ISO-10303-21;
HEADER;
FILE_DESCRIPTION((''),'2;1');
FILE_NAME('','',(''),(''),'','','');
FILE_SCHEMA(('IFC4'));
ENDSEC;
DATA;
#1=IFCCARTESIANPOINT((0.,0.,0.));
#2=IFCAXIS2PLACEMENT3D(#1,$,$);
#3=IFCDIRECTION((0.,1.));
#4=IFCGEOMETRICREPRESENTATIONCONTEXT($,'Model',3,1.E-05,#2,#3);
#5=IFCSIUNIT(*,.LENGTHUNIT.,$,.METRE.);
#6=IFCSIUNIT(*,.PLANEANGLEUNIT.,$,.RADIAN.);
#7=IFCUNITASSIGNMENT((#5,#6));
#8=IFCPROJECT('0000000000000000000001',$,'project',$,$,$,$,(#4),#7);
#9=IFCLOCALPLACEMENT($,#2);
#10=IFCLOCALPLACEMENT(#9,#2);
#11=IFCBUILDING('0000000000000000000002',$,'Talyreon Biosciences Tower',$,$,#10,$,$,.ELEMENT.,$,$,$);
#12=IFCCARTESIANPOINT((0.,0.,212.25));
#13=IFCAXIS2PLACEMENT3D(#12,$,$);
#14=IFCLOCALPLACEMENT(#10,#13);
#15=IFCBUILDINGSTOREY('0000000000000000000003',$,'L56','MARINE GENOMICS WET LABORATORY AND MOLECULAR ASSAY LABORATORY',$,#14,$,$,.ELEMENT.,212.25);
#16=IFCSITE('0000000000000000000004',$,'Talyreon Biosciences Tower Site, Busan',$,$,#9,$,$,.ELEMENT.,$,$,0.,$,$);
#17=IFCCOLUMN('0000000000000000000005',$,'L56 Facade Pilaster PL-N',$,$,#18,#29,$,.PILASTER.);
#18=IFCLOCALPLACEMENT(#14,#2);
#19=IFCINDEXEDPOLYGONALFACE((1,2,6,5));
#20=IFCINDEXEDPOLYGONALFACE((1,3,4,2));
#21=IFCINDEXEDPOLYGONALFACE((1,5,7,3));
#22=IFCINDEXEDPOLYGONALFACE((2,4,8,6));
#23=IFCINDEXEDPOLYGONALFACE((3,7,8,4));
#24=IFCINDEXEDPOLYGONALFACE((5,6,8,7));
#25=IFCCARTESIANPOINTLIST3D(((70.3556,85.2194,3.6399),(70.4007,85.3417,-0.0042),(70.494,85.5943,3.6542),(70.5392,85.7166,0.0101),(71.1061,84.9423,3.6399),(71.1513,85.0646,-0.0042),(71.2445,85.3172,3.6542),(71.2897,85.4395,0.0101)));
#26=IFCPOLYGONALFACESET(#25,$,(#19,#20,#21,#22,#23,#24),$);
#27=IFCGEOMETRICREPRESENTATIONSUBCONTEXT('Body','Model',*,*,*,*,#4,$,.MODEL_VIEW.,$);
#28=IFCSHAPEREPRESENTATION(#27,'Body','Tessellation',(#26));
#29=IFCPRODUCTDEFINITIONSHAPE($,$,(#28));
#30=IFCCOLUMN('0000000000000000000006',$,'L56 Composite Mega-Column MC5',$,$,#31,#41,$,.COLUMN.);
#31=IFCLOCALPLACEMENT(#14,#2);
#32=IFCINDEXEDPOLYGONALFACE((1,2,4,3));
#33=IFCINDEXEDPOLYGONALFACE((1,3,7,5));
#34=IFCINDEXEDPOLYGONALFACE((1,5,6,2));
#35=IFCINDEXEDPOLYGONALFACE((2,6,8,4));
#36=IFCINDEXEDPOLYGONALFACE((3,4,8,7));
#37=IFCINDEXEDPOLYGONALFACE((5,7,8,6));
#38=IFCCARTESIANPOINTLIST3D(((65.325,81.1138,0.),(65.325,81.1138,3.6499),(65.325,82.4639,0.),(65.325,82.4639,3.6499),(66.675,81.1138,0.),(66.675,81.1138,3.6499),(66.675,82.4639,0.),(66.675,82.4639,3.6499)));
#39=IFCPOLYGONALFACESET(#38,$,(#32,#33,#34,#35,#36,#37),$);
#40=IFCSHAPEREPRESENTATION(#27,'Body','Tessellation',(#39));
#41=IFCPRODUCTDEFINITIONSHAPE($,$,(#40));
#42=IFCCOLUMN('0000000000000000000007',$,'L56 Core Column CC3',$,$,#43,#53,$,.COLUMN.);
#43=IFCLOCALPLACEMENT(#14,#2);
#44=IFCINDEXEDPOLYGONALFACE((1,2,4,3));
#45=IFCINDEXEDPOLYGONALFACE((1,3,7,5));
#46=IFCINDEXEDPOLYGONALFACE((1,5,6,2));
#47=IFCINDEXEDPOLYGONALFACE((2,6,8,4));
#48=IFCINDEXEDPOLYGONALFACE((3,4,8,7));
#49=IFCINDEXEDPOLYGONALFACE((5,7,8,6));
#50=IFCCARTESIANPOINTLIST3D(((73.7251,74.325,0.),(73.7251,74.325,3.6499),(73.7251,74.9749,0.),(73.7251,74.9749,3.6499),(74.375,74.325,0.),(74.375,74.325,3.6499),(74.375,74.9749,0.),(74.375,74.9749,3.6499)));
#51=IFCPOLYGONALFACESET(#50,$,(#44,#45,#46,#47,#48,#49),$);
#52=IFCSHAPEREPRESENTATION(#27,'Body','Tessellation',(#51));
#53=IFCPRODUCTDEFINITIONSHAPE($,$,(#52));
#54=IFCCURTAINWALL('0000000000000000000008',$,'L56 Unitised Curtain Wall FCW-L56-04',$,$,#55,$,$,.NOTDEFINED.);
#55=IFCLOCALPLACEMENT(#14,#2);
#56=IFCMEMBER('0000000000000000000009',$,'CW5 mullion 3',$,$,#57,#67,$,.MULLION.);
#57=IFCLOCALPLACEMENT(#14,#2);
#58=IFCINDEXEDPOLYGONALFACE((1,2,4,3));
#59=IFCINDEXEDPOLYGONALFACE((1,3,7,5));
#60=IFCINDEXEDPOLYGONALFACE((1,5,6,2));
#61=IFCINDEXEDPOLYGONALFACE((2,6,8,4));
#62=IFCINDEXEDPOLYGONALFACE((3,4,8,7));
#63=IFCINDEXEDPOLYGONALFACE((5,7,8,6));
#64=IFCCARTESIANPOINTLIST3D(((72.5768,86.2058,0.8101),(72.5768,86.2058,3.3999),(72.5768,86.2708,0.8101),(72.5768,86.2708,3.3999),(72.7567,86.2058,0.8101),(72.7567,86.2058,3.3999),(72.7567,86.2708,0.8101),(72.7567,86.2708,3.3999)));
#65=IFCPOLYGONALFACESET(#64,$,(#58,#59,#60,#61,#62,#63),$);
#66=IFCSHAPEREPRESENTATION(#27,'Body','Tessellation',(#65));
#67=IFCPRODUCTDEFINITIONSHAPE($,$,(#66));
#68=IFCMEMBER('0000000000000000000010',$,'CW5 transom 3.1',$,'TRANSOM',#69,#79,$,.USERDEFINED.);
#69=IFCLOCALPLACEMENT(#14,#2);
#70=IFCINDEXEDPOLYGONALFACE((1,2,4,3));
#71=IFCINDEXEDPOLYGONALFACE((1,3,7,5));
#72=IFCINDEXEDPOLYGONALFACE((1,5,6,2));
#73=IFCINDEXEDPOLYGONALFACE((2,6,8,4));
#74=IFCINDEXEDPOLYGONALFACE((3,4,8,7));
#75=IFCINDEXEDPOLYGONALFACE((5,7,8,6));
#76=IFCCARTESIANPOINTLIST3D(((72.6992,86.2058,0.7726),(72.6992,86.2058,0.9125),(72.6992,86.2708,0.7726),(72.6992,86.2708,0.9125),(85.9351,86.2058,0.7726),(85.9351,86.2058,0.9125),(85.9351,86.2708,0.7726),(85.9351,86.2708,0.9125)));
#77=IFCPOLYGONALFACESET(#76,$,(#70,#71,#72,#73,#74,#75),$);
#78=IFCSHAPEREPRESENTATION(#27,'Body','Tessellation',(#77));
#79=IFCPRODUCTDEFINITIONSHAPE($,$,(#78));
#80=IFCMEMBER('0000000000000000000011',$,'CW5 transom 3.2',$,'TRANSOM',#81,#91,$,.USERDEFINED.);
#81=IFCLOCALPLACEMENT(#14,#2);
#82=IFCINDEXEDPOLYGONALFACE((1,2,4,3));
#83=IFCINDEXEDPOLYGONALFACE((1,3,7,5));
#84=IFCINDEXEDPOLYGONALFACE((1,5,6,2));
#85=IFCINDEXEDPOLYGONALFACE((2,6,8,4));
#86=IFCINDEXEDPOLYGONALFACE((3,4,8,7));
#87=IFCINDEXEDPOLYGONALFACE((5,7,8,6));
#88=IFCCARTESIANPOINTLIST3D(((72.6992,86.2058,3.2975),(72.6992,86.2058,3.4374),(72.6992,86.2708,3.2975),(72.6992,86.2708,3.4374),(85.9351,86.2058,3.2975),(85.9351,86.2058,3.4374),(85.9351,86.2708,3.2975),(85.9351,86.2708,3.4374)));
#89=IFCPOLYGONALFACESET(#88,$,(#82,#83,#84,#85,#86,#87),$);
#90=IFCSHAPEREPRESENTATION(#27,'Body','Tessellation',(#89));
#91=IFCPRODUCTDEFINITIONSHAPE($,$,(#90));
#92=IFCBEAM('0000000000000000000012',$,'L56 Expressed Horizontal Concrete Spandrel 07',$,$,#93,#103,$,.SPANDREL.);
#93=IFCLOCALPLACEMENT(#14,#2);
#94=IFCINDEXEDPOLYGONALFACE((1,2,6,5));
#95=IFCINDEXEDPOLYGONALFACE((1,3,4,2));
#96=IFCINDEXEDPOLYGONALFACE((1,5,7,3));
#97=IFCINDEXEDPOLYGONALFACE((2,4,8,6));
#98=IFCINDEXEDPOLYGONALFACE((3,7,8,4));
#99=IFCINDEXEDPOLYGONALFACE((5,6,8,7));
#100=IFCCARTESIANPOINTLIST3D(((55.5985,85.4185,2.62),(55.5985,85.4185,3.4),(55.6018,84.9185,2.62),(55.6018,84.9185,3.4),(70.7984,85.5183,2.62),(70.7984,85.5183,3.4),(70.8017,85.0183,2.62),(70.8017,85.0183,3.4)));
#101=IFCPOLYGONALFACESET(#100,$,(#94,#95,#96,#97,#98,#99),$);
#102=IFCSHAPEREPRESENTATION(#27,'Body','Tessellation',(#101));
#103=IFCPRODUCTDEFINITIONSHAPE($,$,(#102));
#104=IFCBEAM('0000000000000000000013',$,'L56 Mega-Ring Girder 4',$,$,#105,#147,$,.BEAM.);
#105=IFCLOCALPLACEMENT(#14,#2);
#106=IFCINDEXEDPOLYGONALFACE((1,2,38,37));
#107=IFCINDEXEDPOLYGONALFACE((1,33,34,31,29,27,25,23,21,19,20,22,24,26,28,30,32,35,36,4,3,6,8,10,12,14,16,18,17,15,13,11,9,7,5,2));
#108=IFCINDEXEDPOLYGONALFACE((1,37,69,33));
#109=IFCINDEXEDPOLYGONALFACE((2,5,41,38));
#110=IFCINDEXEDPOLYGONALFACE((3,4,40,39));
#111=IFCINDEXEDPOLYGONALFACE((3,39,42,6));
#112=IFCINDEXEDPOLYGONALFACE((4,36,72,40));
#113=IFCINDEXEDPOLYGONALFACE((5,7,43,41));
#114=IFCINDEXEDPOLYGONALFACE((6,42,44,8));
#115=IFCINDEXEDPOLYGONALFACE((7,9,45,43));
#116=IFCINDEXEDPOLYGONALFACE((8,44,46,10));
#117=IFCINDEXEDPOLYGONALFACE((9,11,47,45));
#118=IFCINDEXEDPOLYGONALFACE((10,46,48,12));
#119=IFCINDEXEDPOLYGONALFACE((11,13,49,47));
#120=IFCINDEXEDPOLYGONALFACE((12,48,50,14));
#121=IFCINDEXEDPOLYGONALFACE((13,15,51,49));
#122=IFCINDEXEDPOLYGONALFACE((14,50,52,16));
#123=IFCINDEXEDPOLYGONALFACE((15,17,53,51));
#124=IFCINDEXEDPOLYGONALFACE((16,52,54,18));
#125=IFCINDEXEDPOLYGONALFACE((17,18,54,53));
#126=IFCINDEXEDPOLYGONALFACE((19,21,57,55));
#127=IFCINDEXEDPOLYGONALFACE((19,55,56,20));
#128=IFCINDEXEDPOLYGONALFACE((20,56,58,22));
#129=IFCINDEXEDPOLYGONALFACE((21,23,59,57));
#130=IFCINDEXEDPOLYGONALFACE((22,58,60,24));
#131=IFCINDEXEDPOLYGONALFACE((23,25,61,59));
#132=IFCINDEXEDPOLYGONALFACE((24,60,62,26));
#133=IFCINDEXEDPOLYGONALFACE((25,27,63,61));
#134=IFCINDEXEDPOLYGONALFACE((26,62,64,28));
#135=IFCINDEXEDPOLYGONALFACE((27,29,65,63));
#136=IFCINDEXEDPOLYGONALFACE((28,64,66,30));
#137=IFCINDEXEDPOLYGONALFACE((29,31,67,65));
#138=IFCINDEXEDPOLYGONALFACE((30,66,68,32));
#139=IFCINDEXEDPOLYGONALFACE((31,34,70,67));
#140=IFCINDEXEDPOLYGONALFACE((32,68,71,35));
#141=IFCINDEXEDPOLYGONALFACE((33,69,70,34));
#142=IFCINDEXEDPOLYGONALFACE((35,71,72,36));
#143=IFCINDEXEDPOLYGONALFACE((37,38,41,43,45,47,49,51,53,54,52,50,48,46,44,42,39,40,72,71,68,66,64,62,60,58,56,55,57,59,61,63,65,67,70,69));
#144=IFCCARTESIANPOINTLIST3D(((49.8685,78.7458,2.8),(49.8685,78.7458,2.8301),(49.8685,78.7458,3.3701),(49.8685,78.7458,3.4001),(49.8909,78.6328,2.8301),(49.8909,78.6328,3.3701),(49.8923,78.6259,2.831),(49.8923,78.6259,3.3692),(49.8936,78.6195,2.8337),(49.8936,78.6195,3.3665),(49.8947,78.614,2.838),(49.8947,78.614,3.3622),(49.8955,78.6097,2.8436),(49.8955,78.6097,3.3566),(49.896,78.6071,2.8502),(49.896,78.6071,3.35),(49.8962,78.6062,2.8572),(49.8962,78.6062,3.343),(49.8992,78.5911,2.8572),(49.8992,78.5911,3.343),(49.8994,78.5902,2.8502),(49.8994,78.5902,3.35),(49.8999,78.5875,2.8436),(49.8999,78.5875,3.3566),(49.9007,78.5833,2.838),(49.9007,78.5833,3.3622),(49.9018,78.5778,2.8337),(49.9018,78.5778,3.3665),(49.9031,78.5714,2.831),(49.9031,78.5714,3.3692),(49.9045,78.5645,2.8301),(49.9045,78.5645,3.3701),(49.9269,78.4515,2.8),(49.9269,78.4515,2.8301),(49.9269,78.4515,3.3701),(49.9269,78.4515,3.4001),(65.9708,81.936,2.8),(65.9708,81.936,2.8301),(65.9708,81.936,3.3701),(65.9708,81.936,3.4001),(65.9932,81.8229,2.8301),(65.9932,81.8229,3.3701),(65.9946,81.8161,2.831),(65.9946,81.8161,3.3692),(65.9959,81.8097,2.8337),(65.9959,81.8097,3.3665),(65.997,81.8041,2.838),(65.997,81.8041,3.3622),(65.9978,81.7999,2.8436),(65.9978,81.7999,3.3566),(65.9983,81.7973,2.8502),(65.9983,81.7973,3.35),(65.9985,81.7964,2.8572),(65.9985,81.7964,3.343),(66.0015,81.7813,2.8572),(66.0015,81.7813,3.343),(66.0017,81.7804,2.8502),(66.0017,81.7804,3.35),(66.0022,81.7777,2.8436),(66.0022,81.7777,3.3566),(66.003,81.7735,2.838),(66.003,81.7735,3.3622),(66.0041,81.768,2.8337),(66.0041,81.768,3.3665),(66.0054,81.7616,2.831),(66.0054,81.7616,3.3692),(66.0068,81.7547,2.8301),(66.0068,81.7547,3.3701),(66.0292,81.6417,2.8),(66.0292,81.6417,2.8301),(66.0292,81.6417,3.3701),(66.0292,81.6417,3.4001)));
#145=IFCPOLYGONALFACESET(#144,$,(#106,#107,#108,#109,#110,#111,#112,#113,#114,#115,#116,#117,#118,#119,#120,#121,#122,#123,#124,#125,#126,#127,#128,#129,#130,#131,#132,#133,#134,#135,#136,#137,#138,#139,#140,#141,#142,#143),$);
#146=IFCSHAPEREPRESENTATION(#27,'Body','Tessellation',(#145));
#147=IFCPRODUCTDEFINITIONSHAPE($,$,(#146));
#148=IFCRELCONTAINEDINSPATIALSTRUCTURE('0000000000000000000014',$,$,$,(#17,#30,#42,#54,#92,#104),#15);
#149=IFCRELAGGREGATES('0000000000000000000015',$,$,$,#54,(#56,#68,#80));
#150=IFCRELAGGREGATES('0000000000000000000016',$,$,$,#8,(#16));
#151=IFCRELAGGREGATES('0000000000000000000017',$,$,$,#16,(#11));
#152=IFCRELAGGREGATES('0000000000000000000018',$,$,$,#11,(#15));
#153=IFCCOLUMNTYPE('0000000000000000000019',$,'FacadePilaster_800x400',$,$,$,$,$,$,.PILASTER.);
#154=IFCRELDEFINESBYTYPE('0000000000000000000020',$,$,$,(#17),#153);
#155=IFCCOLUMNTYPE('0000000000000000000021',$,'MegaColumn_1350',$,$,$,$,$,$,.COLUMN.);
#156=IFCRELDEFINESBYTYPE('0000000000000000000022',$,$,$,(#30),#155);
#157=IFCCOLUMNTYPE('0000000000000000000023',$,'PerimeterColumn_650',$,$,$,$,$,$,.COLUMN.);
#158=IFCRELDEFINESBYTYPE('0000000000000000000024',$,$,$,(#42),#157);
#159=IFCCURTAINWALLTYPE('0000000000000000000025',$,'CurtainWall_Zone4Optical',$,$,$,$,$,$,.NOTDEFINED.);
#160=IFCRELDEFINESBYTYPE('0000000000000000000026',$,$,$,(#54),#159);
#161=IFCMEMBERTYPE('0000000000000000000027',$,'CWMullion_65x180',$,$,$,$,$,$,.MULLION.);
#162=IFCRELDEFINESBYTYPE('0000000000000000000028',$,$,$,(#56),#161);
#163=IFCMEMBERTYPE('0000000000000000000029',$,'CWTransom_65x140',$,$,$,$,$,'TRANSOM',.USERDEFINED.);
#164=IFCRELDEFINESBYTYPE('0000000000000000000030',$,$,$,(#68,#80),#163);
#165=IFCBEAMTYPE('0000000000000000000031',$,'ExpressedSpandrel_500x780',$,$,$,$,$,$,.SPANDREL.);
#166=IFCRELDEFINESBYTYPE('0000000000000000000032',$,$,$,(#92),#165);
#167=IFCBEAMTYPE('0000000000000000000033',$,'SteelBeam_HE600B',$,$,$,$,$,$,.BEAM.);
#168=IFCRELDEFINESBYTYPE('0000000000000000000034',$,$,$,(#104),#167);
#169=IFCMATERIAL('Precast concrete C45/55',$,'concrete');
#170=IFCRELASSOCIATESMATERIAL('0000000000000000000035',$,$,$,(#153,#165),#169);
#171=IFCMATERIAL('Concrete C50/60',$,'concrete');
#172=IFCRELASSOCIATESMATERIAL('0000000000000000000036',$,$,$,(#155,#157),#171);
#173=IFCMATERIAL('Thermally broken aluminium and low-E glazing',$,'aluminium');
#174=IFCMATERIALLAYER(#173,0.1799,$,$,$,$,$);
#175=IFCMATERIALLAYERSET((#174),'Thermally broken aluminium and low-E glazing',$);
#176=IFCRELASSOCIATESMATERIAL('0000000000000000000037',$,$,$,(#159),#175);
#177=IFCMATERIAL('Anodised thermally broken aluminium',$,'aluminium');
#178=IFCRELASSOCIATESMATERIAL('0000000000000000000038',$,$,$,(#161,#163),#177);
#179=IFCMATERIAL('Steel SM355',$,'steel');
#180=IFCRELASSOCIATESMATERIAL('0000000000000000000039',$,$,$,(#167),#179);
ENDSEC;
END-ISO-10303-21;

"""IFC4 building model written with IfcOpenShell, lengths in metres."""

from ifc_helpers import new_model, si_unit, direction, frame, origin, origin_2d, place, context, subcontext, project, spatial, rectangle, i_section, extrude, material, layer, layer_set, material_profile, profile_set, type_object, element, aggregate, save


model = new_model("IFC4")

# Units and contexts
model_context = context("Model", 3, precision=1e-05, world=origin(), true_north=direction((0.0, 1.0)))
body_context = subcontext(model_context, "Body", "Model", "MODEL_VIEW")
ifc_project = project(units=[si_unit("LENGTHUNIT", "METRE"), si_unit("PLANEANGLEUNIT", "RADIAN")], contexts=[model_context])

# Site, building, storey
site_placement = place(None, origin())
site = spatial("IfcSite", under=ifc_project, at=site_placement, Name="Talyreon Biosciences Tower Site, Busan", CompositionType="ELEMENT", RefElevation=0.0)
building_placement = place(site_placement, origin())
building = spatial("IfcBuilding", under=site, at=building_placement, Name="Talyreon Biosciences Tower", CompositionType="ELEMENT")
storey_placement = place(building_placement, frame((0.0, 0.0, 212.25)))
storey = spatial("IfcBuildingStorey", under=building, at=storey_placement, Name="L56", Description="MARINE GENOMICS WET LABORATORY AND MOLECULAR ASSAY LABORATORY", CompositionType="ELEMENT", Elevation=212.25)

# Columns
ifc_material_1 = material(Name="Precast concrete C45/55", Category="concrete")
ifc_material_profile_1 = material_profile(ifc_material_1, rectangle(XDim=0.8, YDim=0.3999, at=origin_2d()), Name="RC 800x400")
ifc_profile_set_1 = profile_set([ifc_material_profile_1], Name="Precast concrete C45/55")
column_type_1 = type_object("IfcColumnType", Name="FacadePilaster_800x400", PredefinedType="PILASTER", material=ifc_profile_set_1)
column_1_placement = place(storey_placement, frame((70.8452, 85.3906, 0.0029), z_axis=(-0.012387, -0.033544, 0.99936), x_axis=(-0.938087, 0.346399, 0.0)))
element("IfcColumn", 1, at=column_1_placement, inside=storey, type_object=column_type_1, Name="L56 Facade Pilaster PL-N", PredefinedType="PILASTER", context=body_context, shape_type="SweptSolid", body=[
    extrude(rectangle(XDim=0.8, YDim=0.3999, at=origin_2d()), origin(), (0.0, 0.0, 1.0), 3.6465),
])
ifc_material_2 = material(Name="Concrete C50/60", Category="concrete")
ifc_material_profile_2 = material_profile(ifc_material_2, rectangle(XDim=1.3501, YDim=1.3501, at=origin_2d()), Name="RC 1350x1350")
ifc_profile_set_2 = profile_set([ifc_material_profile_2], Name="Concrete C50/60")
column_type_2 = type_object("IfcColumnType", Name="MegaColumn_1350", PredefinedType="COLUMN", material=ifc_profile_set_2)
column_2_placement = place(storey_placement, frame((66.0, 81.7888, 0.0), z_axis=(0.0, 0.0, 1.0), x_axis=(1.0, 0.0, 0.0)))
element("IfcColumn", 2, at=column_2_placement, inside=storey, type_object=column_type_2, Name="L56 Composite Mega-Column MC5", PredefinedType="COLUMN", context=body_context, shape_type="SweptSolid", body=[
    extrude(rectangle(XDim=1.3501, YDim=1.3501, at=origin_2d()), origin(), (0.0, 0.0, 1.0), 3.6499),
])
ifc_material_profile_3 = material_profile(ifc_material_2, rectangle(XDim=0.6499, YDim=0.6499, at=origin_2d()), Name="RC 650x650")
ifc_profile_set_3 = profile_set([ifc_material_profile_3], Name="Concrete C50/60")
column_type_3 = type_object("IfcColumnType", Name="PerimeterColumn_650", PredefinedType="COLUMN", material=ifc_profile_set_3)
column_3_placement = place(storey_placement, frame((74.05, 74.6499, 0.0), z_axis=(0.0, 0.0, 1.0), x_axis=(1.0, 0.0, 0.0)))
element("IfcColumn", 3, at=column_3_placement, inside=storey, type_object=column_type_3, Name="L56 Core Column CC3", PredefinedType="COLUMN", context=body_context, shape_type="SweptSolid", body=[
    extrude(rectangle(XDim=0.6499, YDim=0.6499, at=origin_2d()), origin(), (0.0, 0.0, 1.0), 3.6499),
])

# Curtain wall, members
ifc_material_3 = material(Name="Thermally broken aluminium and low-E glazing", Category="aluminium")
ifc_layer_1 = layer(ifc_material_3, 0.1799)
ifc_layer_set_1 = layer_set([ifc_layer_1], Name="Thermally broken aluminium and low-E glazing")
curtain_wall_type = type_object("IfcCurtainWallType", Name="CurtainWall_Zone4Optical", PredefinedType="NOTDEFINED", material=ifc_layer_set_1)
curtain_wall_placement = place(storey_placement, origin())
curtain_wall = element("IfcCurtainWall", 4, at=curtain_wall_placement, inside=storey, type_object=curtain_wall_type, Name="L56 Unitised Curtain Wall FCW-L56-04", PredefinedType="NOTDEFINED")
ifc_material_4 = material(Name="Anodised thermally broken aluminium", Category="aluminium")
ifc_material_profile_4 = material_profile(ifc_material_4, rectangle(XDim=0.0649, YDim=0.1799, at=origin_2d()), Name="ALUM MULLION 65x180")
ifc_profile_set_4 = profile_set([ifc_material_profile_4], Name="Anodised thermally broken aluminium")
member_type_1 = type_object("IfcMemberType", Name="CWMullion_65x180", PredefinedType="MULLION", material=ifc_profile_set_4)
member_1_placement = place(storey_placement, frame((72.6667, 86.2383, 0.8101), z_axis=(0.0, 0.0, 1.0), x_axis=(0.0, 1.0, 0.0)))
member_1 = element("IfcMember", 5, at=member_1_placement, type_object=member_type_1, Name="CW5 mullion 3", PredefinedType="MULLION", context=body_context, shape_type="SweptSolid", body=[
    extrude(rectangle(XDim=0.0649, YDim=0.1799, at=origin_2d()), origin(), (0.0, 0.0, 1.0), 2.5898),
])
ifc_material_profile_5 = material_profile(ifc_material_4, rectangle(XDim=0.0649, YDim=0.1399, at=origin_2d()), Name="ALUM TRANSOM 65x140")
ifc_profile_set_5 = profile_set([ifc_material_profile_5], Name="Anodised thermally broken aluminium")
member_type_2 = type_object("IfcMemberType", Name="CWTransom_65x140", ElementType="TRANSOM", PredefinedType="USERDEFINED", material=ifc_profile_set_5)
member_2_placement = place(storey_placement, frame((72.6992, 86.2383, 0.8425), z_axis=(1.0, 0.0, 0.0), x_axis=(0.0, 1.0, 0.0)))
member_2 = element("IfcMember", 6, at=member_2_placement, type_object=member_type_2, Name="CW5 transom 3.1", ObjectType="TRANSOM", PredefinedType="USERDEFINED", context=body_context, shape_type="SweptSolid", body=[
    extrude(rectangle(XDim=0.0649, YDim=0.1399, at=origin_2d()), origin(), (0.0, 0.0, 1.0), 13.2358),
])
member_3_placement = place(storey_placement, frame((72.6992, 86.2383, 3.3674), z_axis=(1.0, 0.0, 0.0), x_axis=(0.0, 1.0, 0.0)))
member_3 = element("IfcMember", 7, at=member_3_placement, type_object=member_type_2, Name="CW5 transom 3.2", ObjectType="TRANSOM", PredefinedType="USERDEFINED", context=body_context, shape_type="SweptSolid", body=[
    extrude(rectangle(XDim=0.0649, YDim=0.1399, at=origin_2d()), origin(), (0.0, 0.0, 1.0), 13.2358),
])

# Beams
ifc_material_profile_6 = material_profile(ifc_material_1, rectangle(XDim=0.5, YDim=0.78, at=origin_2d()), Name="RCB 500x780")
ifc_profile_set_6 = profile_set([ifc_material_profile_6], Name="Precast concrete C45/55")
beam_type_1 = type_object("IfcBeamType", Name="ExpressedSpandrel_500x780", PredefinedType="SPANDREL", material=ifc_profile_set_6)
beam_1_placement = place(storey_placement, frame((70.8, 85.2683, 3.01), z_axis=(-0.999978, -0.006569, 0.0), x_axis=(0.006569, -0.999978, 0.0)))
element("IfcBeam", 8, at=beam_1_placement, inside=storey, type_object=beam_type_1, Name="L56 Expressed Horizontal Concrete Spandrel 07", PredefinedType="SPANDREL", context=body_context, shape_type="SweptSolid", body=[
    extrude(rectangle(XDim=0.5, YDim=0.78, at=origin_2d()), origin(), (0.0, 0.0, 1.0), 15.2002),
])
ifc_material_5 = material(Name="Steel SM355", Category="steel")
ifc_material_profile_7 = material_profile(ifc_material_5, i_section(OverallWidth=0.3, OverallDepth=0.6001, WebThickness=0.0154, FlangeThickness=0.03, FilletRadius=0.0271, at=origin_2d()), Name="HE600B")
ifc_profile_set_7 = profile_set([ifc_material_profile_7], Name="Steel SM355")
beam_type_2 = type_object("IfcBeamType", Name="SteelBeam_HE600B", PredefinedType="BEAM", material=ifc_profile_set_7)
beam_2_placement = place(storey_placement, frame((66.0, 81.7888, 3.1001), z_axis=(-0.980934, -0.194343, 0.0), x_axis=(0.194343, -0.980934, 0.0)))
element("IfcBeam", 9, at=beam_2_placement, inside=storey, type_object=beam_type_2, Name="L56 Mega-Ring Girder 4", PredefinedType="BEAM", context=body_context, shape_type="SweptSolid", body=[
    extrude(i_section(OverallWidth=0.3, OverallDepth=0.6001, WebThickness=0.0154, FlangeThickness=0.03, FilletRadius=0.0271, at=origin_2d()), origin(), (0.0, 0.0, 1.0), 16.4153),
])

aggregate(curtain_wall, [member_1, member_2, member_3])

save(model, "model.ifc")
